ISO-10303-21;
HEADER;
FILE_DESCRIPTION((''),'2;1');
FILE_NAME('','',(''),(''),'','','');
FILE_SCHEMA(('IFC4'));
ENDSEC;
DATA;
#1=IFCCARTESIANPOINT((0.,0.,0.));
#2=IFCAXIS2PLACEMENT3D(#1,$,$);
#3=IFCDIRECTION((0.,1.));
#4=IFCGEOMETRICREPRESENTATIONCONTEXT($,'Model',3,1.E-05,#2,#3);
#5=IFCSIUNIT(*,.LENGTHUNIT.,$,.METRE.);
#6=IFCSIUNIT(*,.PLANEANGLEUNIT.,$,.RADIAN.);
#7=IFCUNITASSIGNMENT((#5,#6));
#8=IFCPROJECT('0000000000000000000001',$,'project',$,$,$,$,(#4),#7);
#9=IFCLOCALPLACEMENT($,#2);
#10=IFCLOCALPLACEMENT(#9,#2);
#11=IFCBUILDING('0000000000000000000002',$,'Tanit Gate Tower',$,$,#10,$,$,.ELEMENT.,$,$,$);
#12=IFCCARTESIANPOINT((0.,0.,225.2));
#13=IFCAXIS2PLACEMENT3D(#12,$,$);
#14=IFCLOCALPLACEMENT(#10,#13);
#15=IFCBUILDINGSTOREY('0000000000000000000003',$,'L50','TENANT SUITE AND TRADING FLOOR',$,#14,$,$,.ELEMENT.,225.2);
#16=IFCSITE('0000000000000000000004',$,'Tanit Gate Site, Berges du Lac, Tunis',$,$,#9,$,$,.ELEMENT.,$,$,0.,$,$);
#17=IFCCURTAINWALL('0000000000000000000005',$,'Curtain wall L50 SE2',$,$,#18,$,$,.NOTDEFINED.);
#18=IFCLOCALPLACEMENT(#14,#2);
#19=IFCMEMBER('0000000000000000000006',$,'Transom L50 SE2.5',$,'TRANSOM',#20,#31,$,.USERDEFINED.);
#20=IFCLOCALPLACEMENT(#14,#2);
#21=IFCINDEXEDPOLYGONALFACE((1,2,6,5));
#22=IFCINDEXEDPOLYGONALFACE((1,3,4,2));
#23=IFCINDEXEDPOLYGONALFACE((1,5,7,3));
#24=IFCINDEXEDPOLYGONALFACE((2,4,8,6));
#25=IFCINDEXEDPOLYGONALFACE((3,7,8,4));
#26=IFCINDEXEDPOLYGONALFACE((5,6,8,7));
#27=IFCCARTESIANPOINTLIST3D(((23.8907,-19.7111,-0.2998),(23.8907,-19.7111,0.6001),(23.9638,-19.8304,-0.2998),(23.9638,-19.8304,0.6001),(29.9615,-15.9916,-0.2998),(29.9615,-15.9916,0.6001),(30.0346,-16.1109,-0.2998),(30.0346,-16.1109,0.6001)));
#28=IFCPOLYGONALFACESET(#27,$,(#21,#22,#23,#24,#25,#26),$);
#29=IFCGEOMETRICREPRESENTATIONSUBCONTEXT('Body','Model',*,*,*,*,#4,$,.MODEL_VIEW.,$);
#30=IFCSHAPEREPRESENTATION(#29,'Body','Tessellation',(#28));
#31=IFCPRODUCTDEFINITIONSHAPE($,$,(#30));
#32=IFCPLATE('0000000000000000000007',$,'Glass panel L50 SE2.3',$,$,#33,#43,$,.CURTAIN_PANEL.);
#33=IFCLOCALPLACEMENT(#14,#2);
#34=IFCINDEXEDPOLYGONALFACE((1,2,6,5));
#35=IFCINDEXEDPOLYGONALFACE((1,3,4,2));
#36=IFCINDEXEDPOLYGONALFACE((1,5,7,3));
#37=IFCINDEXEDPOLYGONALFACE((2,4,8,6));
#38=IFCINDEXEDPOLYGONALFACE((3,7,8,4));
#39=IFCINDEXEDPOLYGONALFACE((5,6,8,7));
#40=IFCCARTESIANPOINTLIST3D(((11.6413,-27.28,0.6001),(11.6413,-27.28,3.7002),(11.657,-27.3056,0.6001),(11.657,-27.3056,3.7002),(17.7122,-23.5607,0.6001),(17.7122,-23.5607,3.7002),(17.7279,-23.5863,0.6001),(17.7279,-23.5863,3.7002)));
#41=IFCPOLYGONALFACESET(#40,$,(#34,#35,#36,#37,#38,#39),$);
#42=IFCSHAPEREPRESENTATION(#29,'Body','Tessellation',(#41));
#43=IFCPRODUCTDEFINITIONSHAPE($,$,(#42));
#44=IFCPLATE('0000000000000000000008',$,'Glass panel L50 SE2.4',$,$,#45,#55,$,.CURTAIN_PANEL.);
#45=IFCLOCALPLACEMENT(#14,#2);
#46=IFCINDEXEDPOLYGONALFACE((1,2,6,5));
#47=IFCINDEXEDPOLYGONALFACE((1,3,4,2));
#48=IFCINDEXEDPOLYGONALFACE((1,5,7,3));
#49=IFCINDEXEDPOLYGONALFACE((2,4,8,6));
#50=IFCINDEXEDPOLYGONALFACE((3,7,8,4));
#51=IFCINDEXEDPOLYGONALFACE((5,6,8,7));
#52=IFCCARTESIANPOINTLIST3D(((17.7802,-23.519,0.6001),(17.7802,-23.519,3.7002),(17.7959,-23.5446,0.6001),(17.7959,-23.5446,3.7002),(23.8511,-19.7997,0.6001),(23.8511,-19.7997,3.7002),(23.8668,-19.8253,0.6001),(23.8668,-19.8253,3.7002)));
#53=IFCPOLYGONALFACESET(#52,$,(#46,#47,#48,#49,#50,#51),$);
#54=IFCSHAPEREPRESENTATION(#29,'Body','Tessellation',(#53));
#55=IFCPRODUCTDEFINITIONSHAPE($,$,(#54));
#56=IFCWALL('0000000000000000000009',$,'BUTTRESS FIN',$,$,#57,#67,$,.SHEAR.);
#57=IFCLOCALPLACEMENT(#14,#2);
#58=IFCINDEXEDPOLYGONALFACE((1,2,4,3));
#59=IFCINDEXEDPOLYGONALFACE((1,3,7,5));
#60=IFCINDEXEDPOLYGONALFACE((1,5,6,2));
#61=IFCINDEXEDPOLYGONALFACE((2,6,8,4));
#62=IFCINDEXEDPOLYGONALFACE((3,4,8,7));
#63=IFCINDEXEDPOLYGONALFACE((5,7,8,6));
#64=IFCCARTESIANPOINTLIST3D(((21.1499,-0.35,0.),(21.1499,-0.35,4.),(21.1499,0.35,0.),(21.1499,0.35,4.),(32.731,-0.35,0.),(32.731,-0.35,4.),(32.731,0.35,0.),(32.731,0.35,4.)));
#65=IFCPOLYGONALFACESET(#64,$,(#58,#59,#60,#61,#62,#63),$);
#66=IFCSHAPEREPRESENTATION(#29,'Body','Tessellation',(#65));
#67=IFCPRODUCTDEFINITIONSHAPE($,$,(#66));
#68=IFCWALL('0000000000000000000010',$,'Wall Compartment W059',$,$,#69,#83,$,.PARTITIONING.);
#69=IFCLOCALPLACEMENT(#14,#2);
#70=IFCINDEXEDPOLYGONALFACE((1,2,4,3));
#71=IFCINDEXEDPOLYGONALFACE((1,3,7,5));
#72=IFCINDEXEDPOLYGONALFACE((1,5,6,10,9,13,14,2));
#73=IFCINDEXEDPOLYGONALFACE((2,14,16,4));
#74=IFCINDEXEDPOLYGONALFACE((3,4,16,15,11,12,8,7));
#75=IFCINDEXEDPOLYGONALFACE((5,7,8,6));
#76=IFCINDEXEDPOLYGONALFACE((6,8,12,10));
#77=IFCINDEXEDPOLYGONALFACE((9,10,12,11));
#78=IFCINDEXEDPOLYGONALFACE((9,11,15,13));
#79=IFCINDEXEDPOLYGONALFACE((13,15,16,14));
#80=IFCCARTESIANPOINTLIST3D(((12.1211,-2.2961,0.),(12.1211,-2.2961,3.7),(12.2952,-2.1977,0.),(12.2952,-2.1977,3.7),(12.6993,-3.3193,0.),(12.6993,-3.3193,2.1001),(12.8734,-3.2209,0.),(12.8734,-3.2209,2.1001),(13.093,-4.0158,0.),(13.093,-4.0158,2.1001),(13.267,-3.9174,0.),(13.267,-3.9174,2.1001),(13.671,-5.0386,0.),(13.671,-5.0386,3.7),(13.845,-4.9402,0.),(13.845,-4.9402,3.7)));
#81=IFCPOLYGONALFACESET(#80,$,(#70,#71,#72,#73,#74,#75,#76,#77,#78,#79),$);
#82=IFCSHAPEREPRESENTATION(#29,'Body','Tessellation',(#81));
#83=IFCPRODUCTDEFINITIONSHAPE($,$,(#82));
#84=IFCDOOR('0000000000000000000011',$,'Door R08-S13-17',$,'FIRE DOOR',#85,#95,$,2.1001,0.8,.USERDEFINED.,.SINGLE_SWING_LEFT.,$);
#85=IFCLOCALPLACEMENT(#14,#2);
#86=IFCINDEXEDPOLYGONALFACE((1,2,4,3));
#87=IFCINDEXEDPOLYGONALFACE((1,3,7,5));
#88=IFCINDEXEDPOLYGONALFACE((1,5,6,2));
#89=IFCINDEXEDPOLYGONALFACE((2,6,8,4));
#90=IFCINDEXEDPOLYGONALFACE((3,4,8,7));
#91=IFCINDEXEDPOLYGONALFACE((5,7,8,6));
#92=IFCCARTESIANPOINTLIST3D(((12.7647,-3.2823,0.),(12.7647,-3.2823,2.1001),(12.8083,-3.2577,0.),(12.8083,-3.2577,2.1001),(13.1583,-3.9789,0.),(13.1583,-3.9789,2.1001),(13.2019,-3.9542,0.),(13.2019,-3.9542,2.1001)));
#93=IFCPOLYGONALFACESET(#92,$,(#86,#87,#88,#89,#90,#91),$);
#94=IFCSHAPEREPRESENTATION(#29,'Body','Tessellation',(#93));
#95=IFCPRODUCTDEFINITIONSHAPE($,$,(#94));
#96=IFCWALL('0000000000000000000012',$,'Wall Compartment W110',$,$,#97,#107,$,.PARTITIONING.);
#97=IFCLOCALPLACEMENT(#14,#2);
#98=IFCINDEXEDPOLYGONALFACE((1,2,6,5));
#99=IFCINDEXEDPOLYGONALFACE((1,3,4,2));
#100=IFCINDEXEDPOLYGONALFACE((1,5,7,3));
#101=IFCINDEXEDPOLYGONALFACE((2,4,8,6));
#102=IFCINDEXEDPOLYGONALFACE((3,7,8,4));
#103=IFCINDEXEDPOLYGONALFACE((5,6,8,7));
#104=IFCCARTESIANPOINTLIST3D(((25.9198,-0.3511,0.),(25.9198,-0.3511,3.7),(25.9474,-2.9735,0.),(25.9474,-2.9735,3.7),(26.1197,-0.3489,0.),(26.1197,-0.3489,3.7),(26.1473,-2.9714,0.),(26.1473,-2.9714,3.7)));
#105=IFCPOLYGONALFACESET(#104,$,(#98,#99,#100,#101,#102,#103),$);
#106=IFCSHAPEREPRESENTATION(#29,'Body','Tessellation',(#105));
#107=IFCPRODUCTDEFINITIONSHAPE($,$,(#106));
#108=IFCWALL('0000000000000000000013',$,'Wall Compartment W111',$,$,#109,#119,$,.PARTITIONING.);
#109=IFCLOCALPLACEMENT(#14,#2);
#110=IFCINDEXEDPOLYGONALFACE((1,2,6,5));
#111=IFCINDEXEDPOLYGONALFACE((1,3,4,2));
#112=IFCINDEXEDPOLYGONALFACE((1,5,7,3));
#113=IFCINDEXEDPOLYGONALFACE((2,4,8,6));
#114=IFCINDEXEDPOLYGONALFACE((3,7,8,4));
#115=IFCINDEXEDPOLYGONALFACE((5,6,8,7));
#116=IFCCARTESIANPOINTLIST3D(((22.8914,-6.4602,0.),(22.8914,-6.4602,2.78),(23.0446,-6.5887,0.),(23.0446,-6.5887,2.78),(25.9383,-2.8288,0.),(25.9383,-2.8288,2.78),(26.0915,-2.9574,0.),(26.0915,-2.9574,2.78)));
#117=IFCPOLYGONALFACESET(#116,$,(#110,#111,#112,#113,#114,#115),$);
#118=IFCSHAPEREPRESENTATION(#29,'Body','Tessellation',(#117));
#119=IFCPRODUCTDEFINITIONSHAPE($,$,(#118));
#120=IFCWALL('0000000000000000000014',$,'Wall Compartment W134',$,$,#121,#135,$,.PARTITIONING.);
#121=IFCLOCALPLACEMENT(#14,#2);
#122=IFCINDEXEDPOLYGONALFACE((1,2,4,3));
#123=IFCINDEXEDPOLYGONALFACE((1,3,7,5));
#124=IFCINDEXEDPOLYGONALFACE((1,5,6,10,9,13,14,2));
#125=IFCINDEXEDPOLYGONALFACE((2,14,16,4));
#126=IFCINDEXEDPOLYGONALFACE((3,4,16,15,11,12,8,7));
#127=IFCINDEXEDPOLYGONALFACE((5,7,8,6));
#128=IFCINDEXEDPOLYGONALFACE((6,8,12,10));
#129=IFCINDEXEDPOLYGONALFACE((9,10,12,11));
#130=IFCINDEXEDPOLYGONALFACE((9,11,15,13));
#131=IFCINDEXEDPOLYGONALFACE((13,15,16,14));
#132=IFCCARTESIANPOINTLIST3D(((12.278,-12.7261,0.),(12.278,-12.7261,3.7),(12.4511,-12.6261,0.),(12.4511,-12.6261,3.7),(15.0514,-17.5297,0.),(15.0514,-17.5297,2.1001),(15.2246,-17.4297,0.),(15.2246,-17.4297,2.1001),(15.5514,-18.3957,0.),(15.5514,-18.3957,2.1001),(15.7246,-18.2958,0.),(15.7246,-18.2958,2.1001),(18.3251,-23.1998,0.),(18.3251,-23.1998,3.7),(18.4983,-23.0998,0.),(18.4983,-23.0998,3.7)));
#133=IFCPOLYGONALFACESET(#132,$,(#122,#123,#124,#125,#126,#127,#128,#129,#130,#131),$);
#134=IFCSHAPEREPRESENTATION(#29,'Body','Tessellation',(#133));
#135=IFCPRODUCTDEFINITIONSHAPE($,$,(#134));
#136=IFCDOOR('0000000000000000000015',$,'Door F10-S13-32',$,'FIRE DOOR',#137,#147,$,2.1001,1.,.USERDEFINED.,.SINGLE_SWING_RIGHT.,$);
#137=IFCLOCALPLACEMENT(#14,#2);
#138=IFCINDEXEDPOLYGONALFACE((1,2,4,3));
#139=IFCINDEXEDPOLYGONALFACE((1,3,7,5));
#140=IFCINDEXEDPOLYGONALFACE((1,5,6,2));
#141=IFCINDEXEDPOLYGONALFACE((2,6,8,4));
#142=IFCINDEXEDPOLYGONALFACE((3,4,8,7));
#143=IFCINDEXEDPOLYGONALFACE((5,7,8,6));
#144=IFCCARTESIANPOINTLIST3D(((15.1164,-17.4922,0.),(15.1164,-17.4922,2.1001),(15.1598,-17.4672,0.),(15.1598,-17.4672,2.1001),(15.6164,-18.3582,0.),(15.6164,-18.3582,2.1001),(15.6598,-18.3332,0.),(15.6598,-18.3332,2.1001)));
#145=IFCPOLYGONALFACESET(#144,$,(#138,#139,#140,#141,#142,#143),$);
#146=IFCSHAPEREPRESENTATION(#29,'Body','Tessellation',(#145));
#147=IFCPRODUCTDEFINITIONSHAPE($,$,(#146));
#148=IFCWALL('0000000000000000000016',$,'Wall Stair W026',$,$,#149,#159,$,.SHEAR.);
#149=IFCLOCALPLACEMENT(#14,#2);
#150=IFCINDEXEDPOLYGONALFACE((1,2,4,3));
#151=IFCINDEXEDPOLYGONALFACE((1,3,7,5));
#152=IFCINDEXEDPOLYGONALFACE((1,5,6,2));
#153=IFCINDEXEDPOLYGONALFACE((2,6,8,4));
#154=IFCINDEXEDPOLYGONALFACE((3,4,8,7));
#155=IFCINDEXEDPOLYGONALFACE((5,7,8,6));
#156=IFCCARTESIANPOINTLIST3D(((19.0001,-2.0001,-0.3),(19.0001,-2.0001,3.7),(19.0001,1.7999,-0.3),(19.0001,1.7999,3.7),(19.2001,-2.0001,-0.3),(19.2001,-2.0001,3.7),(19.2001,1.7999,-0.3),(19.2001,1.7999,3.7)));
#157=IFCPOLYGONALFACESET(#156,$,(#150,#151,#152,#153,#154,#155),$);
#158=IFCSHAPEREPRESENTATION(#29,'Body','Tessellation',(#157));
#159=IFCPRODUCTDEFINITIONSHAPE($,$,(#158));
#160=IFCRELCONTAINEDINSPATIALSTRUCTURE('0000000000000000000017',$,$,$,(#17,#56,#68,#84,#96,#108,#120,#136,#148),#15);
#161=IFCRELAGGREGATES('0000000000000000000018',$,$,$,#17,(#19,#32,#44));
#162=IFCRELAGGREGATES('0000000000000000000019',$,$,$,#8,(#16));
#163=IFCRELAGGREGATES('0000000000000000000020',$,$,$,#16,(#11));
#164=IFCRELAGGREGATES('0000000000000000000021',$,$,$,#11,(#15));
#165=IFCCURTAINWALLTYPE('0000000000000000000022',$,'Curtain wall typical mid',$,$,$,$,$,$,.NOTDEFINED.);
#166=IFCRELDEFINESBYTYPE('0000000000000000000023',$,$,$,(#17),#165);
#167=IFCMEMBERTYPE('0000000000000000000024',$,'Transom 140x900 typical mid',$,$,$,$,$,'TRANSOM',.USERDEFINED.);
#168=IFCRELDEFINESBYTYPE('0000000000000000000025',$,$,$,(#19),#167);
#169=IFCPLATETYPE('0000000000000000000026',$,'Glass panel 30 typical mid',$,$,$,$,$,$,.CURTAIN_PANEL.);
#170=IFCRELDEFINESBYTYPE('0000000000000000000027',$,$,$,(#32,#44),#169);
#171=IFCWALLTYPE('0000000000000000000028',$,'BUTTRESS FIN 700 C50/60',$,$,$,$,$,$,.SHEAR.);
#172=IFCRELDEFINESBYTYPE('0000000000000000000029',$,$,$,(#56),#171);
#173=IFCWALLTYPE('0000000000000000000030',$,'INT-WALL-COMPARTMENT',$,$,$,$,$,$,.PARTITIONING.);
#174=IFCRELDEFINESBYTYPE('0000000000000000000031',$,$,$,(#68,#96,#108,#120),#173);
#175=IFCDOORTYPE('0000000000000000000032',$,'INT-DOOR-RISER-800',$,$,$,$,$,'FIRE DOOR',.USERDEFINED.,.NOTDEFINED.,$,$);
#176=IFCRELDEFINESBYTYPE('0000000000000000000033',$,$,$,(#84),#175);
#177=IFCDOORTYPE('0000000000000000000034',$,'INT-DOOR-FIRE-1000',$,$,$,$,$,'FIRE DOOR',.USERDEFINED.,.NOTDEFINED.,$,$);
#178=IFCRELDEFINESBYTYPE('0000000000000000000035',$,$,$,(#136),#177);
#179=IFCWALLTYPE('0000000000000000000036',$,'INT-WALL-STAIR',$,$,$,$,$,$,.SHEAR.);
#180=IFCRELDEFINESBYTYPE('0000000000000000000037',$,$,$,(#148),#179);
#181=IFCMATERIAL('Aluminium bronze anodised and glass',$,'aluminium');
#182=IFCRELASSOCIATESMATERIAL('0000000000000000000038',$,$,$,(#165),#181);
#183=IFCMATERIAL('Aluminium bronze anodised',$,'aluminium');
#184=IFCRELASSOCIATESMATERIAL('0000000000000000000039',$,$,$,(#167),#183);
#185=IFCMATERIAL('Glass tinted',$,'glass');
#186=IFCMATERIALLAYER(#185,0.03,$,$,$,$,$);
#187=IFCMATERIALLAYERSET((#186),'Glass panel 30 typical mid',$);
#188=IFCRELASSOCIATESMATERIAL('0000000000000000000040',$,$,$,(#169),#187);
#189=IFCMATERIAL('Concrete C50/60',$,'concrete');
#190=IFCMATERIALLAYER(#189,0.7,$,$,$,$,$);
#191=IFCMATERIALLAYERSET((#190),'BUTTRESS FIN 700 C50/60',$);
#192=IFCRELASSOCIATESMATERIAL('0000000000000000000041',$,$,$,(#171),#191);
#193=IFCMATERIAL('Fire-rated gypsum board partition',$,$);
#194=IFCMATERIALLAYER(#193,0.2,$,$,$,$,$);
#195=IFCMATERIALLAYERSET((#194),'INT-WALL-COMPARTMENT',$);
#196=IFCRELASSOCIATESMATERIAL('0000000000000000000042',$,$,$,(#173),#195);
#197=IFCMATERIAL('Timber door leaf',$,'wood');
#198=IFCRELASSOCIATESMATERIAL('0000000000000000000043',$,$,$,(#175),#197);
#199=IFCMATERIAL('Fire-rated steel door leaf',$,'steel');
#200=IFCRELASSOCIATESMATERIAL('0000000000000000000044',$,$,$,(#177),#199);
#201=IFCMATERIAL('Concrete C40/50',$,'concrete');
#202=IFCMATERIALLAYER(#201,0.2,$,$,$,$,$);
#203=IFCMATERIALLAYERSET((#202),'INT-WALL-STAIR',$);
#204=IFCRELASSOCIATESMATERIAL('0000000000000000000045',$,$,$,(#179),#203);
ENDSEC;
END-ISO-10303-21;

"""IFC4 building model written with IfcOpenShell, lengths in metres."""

from ifc_helpers import new_model, si_unit, direction, frame, frame_2d, origin, origin_2d, place, context, subcontext, project, spatial, rectangle, extrude, material, layer, layer_set, material_profile, profile_set, type_object, element, fill, aggregate, save


model = new_model("IFC4")

# Units and contexts
model_context = context("Model", 3, precision=1e-05, world=origin(), true_north=direction((0.0, 1.0)))
body_context = subcontext(model_context, "Body", "Model", "MODEL_VIEW")
ifc_project = project(units=[si_unit("LENGTHUNIT", "METRE"), si_unit("PLANEANGLEUNIT", "RADIAN")], contexts=[model_context])

# Site, building, storey
site_placement = place(None, origin())
site = spatial("IfcSite", under=ifc_project, at=site_placement, Name="Tanit Gate Site, Berges du Lac, Tunis", CompositionType="ELEMENT", RefElevation=0.0)
building_placement = place(site_placement, origin())
building = spatial("IfcBuilding", under=site, at=building_placement, Name="Tanit Gate Tower", CompositionType="ELEMENT")
storey_placement = place(building_placement, frame((0.0, 0.0, 225.2)))
storey = spatial("IfcBuildingStorey", under=building, at=storey_placement, Name="L50", Description="TENANT SUITE AND TRADING FLOOR", CompositionType="ELEMENT", Elevation=225.2)

# Curtain wall
ifc_material_1 = material(Name="Aluminium bronze anodised and glass", Category="aluminium")
curtain_wall_type = type_object("IfcCurtainWallType", Name="Curtain wall typical mid", PredefinedType="NOTDEFINED", material=ifc_material_1)
curtain_wall_placement = place(storey_placement, origin())
curtain_wall = element("IfcCurtainWall", 1, at=curtain_wall_placement, inside=storey, type_object=curtain_wall_type, Name="Curtain wall L50 SE2", PredefinedType="NOTDEFINED")

# Member
ifc_material_2 = material(Name="Aluminium bronze anodised", Category="aluminium")
ifc_material_profile_1 = material_profile(ifc_material_2, rectangle(XDim=0.1399, YDim=0.8999, at=origin_2d()), Name="140x900 bronze transom")
ifc_profile_set_1 = profile_set([ifc_material_profile_1], Name="Aluminium bronze anodised")
member_type_1 = type_object("IfcMemberType", Name="Transom 140x900 typical mid", ElementType="TRANSOM", PredefinedType="USERDEFINED", material=ifc_profile_set_1)
member_1_placement = place(storey_placement, frame((23.9272, -19.7708, 0.1501), z_axis=(0.852685, 0.522426, 0.0), x_axis=(-0.522426, 0.852685, 0.0)))
member_1 = element("IfcMember", 2, at=member_1_placement, type_object=member_type_1, Name="Transom L50 SE2.5", ObjectType="TRANSOM", PredefinedType="USERDEFINED", context=body_context, shape_type="SweptSolid", body=[
    extrude(rectangle(XDim=0.1399, YDim=0.8999, at=origin_2d()), origin(), (0.0, 0.0, 1.0), 7.1196),
])

# Plates
ifc_material_3 = material(Name="Glass tinted", Category="glass")
ifc_layer_1 = layer(ifc_material_3, 0.03)
ifc_layer_set_1 = layer_set([ifc_layer_1], Name="Glass panel 30 typical mid")
plate_type = type_object("IfcPlateType", Name="Glass panel 30 typical mid", PredefinedType="CURTAIN_PANEL", material=ifc_layer_set_1)
plate_1_placement = place(storey_placement, frame((14.6846, -25.4331, 0.6001), z_axis=(0.0, 0.0, 1.0), x_axis=(0.8527, 0.522401, 0.0)))
plate_1 = element("IfcPlate", 3, at=plate_1_placement, type_object=plate_type, Name="Glass panel L50 SE2.3", PredefinedType="CURTAIN_PANEL", context=body_context, shape_type="SweptSolid", body=[
    extrude(rectangle(XDim=7.1196, YDim=0.03, at=origin_2d()), origin(), (0.0, 0.0, 1.0), 3.1001),
])
plate_2_placement = place(storey_placement, frame((20.8235, -21.6721, 0.6001), z_axis=(0.0, 0.0, 1.0), x_axis=(0.8527, 0.522401, 0.0)))
plate_2 = element("IfcPlate", 4, at=plate_2_placement, type_object=plate_type, Name="Glass panel L50 SE2.4", PredefinedType="CURTAIN_PANEL", context=body_context, shape_type="SweptSolid", body=[
    extrude(rectangle(XDim=7.1196, YDim=0.03, at=origin_2d()), origin(), (0.0, 0.0, 1.0), 3.1001),
])
aggregate(curtain_wall, [member_1, plate_1, plate_2])

# Wall
ifc_material_4 = material(Name="Concrete C50/60", Category="concrete")
ifc_layer_2 = layer(ifc_material_4, 0.7)
ifc_layer_set_2 = layer_set([ifc_layer_2], Name="BUTTRESS FIN 700 C50/60")
wall_type_1 = type_object("IfcWallType", Name="BUTTRESS FIN 700 C50/60", PredefinedType="SHEAR", material=ifc_layer_set_2)
wall_1_placement = place(storey_placement, frame((21.1499, 0.0, 0.0), z_axis=(0.0, 0.0, 1.0), x_axis=(1.0, 0.0, 0.0)))
element("IfcWall", 5, at=wall_1_placement, inside=storey, type_object=wall_type_1, Name="BUTTRESS FIN", PredefinedType="SHEAR", context=body_context, shape_type="SweptSolid", body=[
    extrude(rectangle(XDim=11.5811, YDim=0.7, at=frame_2d((5.7905, 0.0))), origin(), (0.0, 0.0, 1.0), 4.0),
])

# Wall, opening, door
ifc_material_5 = material(Name="Fire-rated gypsum board partition")
ifc_layer_3 = layer(ifc_material_5, 0.2)
ifc_layer_set_3 = layer_set([ifc_layer_3], Name="INT-WALL-COMPARTMENT")
wall_type_2 = type_object("IfcWallType", Name="INT-WALL-COMPARTMENT", PredefinedType="PARTITIONING", material=ifc_layer_set_3)
wall_2_placement = place(storey_placement, frame((13.7581, -4.9895, 0.0), z_axis=(0.0, 0.0, 1.0), x_axis=(-0.491993, 0.870599, 0.0)))
wall_2 = element("IfcWall", 6, at=wall_2_placement, inside=storey, type_object=wall_type_2, Name="Wall Compartment W059", PredefinedType="PARTITIONING", context=body_context, shape_type="SweptSolid", body=[
    extrude(rectangle(XDim=3.1501, YDim=0.2, at=frame_2d((1.5752, 0.0))), origin(), (0.0, 0.0, 1.0), 3.7),
])
opening_1_placement = place(wall_2_placement, frame((1.175, 0.0, 0.0)))
opening_1 = element("IfcOpeningElement", 7, at=opening_1_placement, cuts=wall_2, PredefinedType="OPENING", context=body_context, shape_type="SweptSolid", body=[
    extrude(rectangle(XDim=0.8, YDim=2.1001, at=frame_2d((0.3999, 1.05))), frame((0.0, 0.1099, 0.0), z_axis=(0.0, -1.0, 0.0), x_axis=(1.0, 0.0, 0.0)), (0.0, 0.0, 1.0), 0.22),
])
ifc_material_6 = material(Name="Timber door leaf", Category="wood")
door_type_1 = type_object("IfcDoorType", Name="INT-DOOR-RISER-800", ElementType="FIRE DOOR", OperationType="NOTDEFINED", PredefinedType="USERDEFINED", material=ifc_material_6)
door_1_placement = place(opening_1_placement, origin())
door_1 = element("IfcDoor", 8, at=door_1_placement, inside=storey, type_object=door_type_1, Name="Door R08-S13-17", ObjectType="FIRE DOOR", OperationType="SINGLE_SWING_LEFT", OverallHeight=2.1001, OverallWidth=0.8, PredefinedType="USERDEFINED", context=body_context, shape_type="SweptSolid", body=[
    extrude(rectangle(XDim=0.8, YDim=2.1001, at=frame_2d((0.3999, 1.05))), frame((0.0, 0.0249, 0.0), z_axis=(0.0, -1.0, 0.0), x_axis=(1.0, 0.0, 0.0)), (0.0, 0.0, 1.0), 0.05),
])
fill(opening_1, door_1)

# Walls
wall_3_placement = place(storey_placement, frame((26.0474, -2.9724, 0.0), z_axis=(0.0, 0.0, 1.0), x_axis=(-0.01052, 0.999945, 0.0)))
element("IfcWall", 9, at=wall_3_placement, inside=storey, type_object=wall_type_2, Name="Wall Compartment W110", PredefinedType="PARTITIONING", context=body_context, shape_type="SweptSolid", body=[
    extrude(rectangle(XDim=2.6226, YDim=0.2, at=frame_2d((1.3113, 0.0))), origin(), (0.0, 0.0, 1.0), 3.7),
])
wall_4_placement = place(storey_placement, frame((22.968, -6.5244, 0.0), z_axis=(0.0, 0.0, 1.0), x_axis=(0.642764, 0.766064, 0.0)))
element("IfcWall", 10, at=wall_4_placement, inside=storey, type_object=wall_type_2, Name="Wall Compartment W111", PredefinedType="PARTITIONING", context=body_context, shape_type="SweptSolid", body=[
    extrude(rectangle(XDim=4.7402, YDim=0.2, at=frame_2d((2.3701, 0.0))), origin(), (0.0, 0.0, 1.0), 2.78),
])

# Wall, opening, door
wall_5_placement = place(storey_placement, frame((18.4116, -23.1497, 0.0), z_axis=(0.0, 0.0, 1.0), x_axis=(-0.50001, 0.86602, 0.0)))
wall_5 = element("IfcWall", 11, at=wall_5_placement, inside=storey, type_object=wall_type_2, Name="Wall Compartment W134", PredefinedType="PARTITIONING", context=body_context, shape_type="SweptSolid", body=[
    extrude(rectangle(XDim=12.094, YDim=0.2, at=frame_2d((6.0469, 0.0))), origin(), (0.0, 0.0, 1.0), 3.7),
])
opening_2_placement = place(wall_5_placement, frame((5.5471, 0.0, 0.0)))
opening_2 = element("IfcOpeningElement", 12, at=opening_2_placement, cuts=wall_5, PredefinedType="OPENING", context=body_context, shape_type="SweptSolid", body=[
    extrude(rectangle(XDim=1.0, YDim=2.1001, at=frame_2d((0.5, 1.05))), frame((0.0, 0.1099, 0.0), z_axis=(0.0, -1.0, 0.0), x_axis=(1.0, 0.0, 0.0)), (0.0, 0.0, 1.0), 0.22),
])
ifc_material_7 = material(Name="Fire-rated steel door leaf", Category="steel")
door_type_2 = type_object("IfcDoorType", Name="INT-DOOR-FIRE-1000", ElementType="FIRE DOOR", OperationType="NOTDEFINED", PredefinedType="USERDEFINED", material=ifc_material_7)
door_2_placement = place(opening_2_placement, origin())
door_2 = element("IfcDoor", 13, at=door_2_placement, inside=storey, type_object=door_type_2, Name="Door F10-S13-32", ObjectType="FIRE DOOR", OperationType="SINGLE_SWING_RIGHT", OverallHeight=2.1001, OverallWidth=1.0, PredefinedType="USERDEFINED", context=body_context, shape_type="SweptSolid", body=[
    extrude(rectangle(XDim=1.0, YDim=2.1001, at=frame_2d((0.5, 1.05))), frame((0.0, 0.0249, 0.0), z_axis=(0.0, -1.0, 0.0), x_axis=(1.0, 0.0, 0.0)), (0.0, 0.0, 1.0), 0.05),
])
fill(opening_2, door_2)

# Wall
ifc_material_8 = material(Name="Concrete C40/50", Category="concrete")
ifc_layer_4 = layer(ifc_material_8, 0.2)
ifc_layer_set_4 = layer_set([ifc_layer_4], Name="INT-WALL-STAIR")
wall_type_3 = type_object("IfcWallType", Name="INT-WALL-STAIR", PredefinedType="SHEAR", material=ifc_layer_set_4)
wall_6_placement = place(storey_placement, frame((19.1001, -2.0, -0.3), z_axis=(0.0, 0.0, 1.0), x_axis=(0.0, 1.0, 0.0)))
element("IfcWall", 14, at=wall_6_placement, inside=storey, type_object=wall_type_3, Name="Wall Stair W026", PredefinedType="SHEAR", context=body_context, shape_type="SweptSolid", body=[
    extrude(rectangle(XDim=3.8, YDim=0.2, at=frame_2d((1.8999, 0.0))), origin(), (0.0, 0.0, 1.0), 4.0),
])

save(model, "model.ifc")
